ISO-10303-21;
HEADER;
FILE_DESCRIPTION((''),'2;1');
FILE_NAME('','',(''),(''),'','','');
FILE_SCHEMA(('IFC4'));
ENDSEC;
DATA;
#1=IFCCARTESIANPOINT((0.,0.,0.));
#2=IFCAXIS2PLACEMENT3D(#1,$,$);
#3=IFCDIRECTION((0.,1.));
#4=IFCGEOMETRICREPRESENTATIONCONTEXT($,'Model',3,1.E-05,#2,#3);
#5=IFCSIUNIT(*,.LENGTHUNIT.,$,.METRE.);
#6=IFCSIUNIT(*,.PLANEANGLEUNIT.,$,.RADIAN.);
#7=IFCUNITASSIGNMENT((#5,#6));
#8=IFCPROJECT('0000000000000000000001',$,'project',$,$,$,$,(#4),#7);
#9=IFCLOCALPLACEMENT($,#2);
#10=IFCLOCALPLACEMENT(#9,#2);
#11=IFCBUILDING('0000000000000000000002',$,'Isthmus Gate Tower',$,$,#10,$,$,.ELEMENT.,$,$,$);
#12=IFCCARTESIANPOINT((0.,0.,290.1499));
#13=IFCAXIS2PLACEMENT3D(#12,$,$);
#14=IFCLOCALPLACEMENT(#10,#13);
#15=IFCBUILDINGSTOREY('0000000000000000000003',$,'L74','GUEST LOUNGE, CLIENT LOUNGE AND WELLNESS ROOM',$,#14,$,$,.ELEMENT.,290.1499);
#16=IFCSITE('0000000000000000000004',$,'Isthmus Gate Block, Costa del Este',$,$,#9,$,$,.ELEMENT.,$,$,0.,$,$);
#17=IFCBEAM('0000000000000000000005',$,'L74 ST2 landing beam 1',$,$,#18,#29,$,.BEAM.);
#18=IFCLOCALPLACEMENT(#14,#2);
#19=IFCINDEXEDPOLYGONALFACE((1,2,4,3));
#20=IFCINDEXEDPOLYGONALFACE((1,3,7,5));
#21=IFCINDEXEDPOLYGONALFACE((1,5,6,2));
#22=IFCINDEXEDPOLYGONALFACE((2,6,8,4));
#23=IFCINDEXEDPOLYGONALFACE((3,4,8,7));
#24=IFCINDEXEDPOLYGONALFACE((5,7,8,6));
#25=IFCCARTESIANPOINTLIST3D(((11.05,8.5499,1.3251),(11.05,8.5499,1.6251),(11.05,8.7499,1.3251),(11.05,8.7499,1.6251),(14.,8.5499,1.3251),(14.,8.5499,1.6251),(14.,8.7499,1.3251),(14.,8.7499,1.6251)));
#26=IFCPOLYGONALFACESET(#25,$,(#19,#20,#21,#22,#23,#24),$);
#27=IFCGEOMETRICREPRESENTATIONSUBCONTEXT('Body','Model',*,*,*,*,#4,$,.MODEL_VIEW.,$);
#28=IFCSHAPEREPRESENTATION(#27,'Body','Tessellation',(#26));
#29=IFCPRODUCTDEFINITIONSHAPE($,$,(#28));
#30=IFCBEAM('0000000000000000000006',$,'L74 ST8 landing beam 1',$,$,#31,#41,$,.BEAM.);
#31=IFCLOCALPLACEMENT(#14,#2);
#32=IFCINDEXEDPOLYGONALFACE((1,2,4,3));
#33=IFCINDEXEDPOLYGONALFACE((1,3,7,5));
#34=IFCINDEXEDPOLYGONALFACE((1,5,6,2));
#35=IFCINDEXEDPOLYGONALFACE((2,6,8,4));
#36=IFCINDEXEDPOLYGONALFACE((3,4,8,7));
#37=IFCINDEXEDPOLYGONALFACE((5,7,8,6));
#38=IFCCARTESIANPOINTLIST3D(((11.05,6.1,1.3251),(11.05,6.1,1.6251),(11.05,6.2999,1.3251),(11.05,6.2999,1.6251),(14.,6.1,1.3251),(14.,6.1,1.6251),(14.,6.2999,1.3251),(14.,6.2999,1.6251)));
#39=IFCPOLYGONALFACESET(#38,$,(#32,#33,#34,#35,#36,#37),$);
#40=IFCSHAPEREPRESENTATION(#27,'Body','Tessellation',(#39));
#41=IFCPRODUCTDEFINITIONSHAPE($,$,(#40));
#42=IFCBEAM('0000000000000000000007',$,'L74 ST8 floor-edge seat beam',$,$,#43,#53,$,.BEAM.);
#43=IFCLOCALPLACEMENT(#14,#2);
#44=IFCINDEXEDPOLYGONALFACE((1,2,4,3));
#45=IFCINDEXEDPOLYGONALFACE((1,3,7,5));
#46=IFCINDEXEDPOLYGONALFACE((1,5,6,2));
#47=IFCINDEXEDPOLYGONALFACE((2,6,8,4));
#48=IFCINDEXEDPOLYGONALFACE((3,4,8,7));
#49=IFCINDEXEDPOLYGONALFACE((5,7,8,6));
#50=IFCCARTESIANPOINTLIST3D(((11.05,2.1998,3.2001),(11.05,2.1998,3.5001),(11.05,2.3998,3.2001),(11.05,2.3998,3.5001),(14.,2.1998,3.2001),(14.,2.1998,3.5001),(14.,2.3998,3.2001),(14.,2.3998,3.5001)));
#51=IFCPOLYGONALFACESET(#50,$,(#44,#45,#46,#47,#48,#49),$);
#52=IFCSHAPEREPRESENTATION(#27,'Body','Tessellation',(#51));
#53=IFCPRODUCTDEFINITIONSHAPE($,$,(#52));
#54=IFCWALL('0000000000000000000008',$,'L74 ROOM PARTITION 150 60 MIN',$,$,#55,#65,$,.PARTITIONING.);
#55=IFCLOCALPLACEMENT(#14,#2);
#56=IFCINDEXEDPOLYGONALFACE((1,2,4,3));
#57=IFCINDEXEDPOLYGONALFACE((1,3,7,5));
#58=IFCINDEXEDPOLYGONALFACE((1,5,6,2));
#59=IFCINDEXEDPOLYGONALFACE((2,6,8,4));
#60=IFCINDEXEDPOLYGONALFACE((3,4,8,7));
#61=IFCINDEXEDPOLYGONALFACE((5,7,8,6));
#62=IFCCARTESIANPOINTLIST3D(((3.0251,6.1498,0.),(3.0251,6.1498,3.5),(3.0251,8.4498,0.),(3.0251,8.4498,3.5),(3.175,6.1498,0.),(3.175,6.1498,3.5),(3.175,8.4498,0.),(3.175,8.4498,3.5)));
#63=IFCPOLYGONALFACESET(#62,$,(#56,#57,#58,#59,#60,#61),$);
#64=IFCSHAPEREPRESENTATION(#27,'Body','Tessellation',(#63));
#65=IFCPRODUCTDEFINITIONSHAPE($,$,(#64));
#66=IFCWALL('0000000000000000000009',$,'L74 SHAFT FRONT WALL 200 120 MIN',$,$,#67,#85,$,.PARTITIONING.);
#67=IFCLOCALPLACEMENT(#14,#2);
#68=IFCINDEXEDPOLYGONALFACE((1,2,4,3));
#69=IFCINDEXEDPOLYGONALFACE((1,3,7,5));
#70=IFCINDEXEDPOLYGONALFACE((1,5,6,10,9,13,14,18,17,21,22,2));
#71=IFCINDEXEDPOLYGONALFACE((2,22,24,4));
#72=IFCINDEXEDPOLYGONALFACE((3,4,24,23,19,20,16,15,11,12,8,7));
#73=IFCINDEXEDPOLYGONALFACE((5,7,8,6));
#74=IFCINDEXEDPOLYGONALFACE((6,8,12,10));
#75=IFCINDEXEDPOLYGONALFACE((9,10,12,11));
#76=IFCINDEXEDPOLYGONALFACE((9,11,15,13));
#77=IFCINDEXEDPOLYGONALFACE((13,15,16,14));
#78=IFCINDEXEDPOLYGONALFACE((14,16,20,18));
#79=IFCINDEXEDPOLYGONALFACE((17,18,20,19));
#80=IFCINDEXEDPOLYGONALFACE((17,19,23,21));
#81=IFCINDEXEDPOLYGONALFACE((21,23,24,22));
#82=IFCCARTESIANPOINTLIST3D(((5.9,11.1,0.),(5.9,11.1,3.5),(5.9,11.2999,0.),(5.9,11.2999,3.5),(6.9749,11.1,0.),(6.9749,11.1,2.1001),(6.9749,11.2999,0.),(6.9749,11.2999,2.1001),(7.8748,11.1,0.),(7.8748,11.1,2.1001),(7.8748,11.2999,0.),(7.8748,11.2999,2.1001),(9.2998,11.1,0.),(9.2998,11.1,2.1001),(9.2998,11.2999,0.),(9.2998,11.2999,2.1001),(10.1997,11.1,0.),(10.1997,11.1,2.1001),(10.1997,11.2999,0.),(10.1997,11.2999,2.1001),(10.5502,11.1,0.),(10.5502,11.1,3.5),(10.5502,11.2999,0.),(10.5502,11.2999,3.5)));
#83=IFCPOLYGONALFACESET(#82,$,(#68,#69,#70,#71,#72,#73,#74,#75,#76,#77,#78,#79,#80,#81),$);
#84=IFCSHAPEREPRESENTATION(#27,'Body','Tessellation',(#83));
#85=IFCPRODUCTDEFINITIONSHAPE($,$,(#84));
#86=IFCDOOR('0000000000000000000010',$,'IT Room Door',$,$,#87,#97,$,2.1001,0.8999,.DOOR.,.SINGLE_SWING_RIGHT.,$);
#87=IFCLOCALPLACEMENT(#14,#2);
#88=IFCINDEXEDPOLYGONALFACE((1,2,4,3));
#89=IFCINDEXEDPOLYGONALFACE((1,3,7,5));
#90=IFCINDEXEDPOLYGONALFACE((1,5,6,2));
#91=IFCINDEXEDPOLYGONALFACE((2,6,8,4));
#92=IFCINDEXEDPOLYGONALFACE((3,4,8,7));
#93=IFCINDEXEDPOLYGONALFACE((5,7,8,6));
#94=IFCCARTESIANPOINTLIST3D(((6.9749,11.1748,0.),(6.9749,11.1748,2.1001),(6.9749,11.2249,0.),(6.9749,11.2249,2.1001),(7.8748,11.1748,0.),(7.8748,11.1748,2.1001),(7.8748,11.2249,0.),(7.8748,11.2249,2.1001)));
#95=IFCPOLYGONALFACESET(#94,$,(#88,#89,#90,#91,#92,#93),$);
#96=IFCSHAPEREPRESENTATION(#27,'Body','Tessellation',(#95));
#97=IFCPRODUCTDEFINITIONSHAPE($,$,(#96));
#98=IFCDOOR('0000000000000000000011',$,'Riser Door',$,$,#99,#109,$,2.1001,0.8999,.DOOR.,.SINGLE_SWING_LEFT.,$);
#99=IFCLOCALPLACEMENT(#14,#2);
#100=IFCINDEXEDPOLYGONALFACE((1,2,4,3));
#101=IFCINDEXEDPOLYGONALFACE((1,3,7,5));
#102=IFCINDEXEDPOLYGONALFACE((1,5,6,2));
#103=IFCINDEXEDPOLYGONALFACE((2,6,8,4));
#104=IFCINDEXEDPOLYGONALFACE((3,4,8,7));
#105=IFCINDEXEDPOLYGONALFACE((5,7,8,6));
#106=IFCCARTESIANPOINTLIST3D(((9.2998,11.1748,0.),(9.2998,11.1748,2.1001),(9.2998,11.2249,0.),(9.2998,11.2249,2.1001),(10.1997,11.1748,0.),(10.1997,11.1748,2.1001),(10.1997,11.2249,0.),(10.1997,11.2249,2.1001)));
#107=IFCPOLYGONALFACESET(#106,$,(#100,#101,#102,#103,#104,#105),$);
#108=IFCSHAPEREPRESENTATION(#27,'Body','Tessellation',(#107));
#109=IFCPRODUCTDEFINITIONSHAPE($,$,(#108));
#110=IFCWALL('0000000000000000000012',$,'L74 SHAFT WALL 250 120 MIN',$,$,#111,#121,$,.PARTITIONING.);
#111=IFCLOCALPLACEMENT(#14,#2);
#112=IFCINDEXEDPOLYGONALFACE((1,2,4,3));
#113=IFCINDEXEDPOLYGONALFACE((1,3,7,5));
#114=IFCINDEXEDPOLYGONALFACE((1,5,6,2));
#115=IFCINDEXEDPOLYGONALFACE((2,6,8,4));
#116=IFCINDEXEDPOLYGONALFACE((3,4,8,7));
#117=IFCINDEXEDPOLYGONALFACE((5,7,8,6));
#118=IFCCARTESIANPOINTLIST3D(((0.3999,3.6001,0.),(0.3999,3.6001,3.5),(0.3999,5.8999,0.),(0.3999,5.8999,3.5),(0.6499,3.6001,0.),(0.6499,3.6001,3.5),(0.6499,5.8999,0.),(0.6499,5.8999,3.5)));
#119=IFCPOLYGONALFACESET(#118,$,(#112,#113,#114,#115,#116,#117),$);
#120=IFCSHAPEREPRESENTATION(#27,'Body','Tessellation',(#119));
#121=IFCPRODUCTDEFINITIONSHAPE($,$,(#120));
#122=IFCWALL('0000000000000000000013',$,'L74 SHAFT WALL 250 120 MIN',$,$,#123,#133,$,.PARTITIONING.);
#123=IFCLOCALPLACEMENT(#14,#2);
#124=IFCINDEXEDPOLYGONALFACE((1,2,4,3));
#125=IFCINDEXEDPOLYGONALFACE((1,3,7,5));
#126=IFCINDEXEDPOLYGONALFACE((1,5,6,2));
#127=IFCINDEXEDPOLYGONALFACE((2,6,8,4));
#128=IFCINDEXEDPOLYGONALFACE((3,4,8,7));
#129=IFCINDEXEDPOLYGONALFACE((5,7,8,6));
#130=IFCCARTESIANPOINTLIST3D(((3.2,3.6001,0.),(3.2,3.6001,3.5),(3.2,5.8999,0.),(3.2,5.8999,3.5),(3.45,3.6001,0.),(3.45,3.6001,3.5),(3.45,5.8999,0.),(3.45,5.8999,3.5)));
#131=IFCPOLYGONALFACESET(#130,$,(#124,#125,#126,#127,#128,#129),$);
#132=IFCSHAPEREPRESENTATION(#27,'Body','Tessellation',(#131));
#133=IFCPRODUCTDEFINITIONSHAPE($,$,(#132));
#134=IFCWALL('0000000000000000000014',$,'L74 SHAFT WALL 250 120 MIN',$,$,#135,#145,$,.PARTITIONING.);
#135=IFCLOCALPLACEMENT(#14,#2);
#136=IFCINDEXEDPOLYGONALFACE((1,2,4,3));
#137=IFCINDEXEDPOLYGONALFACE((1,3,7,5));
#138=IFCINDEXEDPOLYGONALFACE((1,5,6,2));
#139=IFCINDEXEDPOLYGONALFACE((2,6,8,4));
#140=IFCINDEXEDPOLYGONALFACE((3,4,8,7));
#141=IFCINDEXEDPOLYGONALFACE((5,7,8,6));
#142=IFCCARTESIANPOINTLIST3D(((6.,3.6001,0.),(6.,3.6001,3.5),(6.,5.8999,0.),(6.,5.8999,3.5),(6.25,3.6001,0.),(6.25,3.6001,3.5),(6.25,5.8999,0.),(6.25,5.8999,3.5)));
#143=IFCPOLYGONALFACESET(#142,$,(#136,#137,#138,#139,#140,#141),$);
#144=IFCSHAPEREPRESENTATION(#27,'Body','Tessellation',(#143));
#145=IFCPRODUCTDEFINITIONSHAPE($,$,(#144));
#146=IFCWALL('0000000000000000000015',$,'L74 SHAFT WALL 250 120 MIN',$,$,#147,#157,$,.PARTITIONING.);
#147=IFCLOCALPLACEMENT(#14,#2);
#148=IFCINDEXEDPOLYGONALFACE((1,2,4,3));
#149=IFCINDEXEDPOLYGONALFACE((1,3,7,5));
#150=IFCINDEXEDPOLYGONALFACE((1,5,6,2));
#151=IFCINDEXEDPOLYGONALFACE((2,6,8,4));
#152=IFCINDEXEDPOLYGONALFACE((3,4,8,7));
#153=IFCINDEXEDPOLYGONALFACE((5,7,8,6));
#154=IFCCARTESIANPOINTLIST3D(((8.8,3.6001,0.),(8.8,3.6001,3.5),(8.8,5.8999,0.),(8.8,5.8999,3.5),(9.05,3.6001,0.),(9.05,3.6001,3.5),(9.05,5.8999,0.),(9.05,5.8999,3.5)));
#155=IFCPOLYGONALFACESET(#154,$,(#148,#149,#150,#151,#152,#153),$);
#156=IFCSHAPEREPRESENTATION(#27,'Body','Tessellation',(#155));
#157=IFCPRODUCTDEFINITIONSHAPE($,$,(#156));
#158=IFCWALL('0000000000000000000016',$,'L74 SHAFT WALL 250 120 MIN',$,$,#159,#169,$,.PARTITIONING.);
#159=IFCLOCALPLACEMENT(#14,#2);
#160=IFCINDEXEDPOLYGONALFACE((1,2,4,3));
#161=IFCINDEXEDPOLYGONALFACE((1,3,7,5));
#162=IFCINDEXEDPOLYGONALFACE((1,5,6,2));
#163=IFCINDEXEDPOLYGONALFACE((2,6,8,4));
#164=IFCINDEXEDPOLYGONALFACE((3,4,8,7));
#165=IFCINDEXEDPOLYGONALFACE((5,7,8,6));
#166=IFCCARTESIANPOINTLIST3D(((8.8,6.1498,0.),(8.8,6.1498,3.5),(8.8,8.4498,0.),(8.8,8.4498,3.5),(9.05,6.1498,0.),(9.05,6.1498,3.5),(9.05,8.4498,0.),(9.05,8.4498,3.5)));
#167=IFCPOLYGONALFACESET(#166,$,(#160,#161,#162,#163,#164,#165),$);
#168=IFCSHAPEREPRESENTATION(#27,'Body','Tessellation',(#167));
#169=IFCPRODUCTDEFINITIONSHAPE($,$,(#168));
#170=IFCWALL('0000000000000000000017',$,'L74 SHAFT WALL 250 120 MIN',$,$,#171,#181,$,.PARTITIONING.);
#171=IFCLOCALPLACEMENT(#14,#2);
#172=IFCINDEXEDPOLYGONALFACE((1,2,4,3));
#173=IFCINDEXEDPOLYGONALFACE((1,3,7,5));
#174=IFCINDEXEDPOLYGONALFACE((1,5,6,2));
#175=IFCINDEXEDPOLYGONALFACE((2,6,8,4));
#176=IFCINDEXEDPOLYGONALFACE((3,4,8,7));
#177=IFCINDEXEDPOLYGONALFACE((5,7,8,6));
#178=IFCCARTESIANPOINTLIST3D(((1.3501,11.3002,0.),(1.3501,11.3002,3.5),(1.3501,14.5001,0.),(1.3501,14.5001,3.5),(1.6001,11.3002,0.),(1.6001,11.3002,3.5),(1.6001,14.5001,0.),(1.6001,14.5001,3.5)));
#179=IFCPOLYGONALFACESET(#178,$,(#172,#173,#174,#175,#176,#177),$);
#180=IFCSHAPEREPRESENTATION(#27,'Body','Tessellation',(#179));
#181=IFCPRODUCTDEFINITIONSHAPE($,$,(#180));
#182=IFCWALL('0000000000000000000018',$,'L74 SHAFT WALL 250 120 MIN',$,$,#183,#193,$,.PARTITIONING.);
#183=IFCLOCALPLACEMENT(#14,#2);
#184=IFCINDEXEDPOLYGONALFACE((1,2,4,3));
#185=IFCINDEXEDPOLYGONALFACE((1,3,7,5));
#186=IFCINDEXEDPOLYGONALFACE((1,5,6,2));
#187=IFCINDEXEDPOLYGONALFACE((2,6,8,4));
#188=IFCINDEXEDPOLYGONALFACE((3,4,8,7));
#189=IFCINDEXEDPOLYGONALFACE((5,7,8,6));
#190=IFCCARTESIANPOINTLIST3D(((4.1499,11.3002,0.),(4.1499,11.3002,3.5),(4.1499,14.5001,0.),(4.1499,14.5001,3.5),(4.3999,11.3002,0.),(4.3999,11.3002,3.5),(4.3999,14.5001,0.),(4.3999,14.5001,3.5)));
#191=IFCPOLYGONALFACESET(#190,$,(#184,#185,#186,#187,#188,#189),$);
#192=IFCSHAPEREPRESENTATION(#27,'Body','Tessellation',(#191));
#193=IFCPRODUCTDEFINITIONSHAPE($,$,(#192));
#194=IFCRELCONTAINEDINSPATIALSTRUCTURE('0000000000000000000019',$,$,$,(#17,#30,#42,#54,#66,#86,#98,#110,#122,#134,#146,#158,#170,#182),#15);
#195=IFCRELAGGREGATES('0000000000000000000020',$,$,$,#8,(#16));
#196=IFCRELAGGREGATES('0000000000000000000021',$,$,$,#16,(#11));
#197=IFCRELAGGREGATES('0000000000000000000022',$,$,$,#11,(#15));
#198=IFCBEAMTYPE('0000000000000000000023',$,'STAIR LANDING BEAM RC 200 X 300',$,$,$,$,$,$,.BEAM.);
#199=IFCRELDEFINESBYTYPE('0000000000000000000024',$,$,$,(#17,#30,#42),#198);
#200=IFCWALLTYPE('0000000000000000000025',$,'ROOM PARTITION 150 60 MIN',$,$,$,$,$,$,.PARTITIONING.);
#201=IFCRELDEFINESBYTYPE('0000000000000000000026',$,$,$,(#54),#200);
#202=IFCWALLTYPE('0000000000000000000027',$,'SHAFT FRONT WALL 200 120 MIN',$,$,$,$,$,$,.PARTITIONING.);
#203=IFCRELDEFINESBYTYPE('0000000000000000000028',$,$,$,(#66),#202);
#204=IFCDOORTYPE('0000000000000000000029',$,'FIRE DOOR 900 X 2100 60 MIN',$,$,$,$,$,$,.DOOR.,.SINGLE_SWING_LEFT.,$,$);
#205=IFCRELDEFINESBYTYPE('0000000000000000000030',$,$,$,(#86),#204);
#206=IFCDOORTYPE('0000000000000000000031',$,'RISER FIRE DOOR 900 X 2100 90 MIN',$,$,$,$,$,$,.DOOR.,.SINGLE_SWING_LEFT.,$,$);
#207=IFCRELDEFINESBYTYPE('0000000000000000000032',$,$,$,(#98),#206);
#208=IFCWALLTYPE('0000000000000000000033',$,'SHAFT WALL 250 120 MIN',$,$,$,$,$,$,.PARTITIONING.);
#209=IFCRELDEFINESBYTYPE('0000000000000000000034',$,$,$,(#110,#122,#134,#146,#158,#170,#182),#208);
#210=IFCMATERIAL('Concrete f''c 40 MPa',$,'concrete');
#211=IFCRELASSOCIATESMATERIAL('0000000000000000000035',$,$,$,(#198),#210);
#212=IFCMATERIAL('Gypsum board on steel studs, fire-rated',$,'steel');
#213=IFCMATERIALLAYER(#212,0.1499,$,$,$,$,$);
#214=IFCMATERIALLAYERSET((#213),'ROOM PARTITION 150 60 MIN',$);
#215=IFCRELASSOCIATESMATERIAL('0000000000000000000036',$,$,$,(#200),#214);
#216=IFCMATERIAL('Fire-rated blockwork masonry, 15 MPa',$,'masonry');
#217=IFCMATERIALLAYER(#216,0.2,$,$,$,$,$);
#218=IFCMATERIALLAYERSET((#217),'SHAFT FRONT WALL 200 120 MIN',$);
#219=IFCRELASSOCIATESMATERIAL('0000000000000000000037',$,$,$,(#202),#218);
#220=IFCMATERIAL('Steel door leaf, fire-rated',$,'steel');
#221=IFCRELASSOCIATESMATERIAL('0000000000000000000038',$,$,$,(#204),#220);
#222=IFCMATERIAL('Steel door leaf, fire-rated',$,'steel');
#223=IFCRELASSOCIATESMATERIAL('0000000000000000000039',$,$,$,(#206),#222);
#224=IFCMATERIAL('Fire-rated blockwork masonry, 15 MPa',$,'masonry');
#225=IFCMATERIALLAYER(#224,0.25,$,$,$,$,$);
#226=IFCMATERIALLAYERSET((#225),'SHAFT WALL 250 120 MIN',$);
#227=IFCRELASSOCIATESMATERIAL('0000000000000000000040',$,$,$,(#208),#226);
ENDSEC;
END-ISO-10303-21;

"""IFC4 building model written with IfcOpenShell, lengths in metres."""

from ifc_helpers import new_model, si_unit, direction, frame, frame_2d, origin, origin_2d, place, context, subcontext, project, spatial, rectangle, extrude, material, layer, layer_set, material_profile, profile_set, type_object, element, fill, save


model = new_model("IFC4")

# Units and contexts
model_context = context("Model", 3, precision=1e-05, world=origin(), true_north=direction((0.0, 1.0)))
body_context = subcontext(model_context, "Body", "Model", "MODEL_VIEW")
ifc_project = project(units=[si_unit("LENGTHUNIT", "METRE"), si_unit("PLANEANGLEUNIT", "RADIAN")], contexts=[model_context])

# Site, building, storey
site_placement = place(None, origin())
site = spatial("IfcSite", under=ifc_project, at=site_placement, Name="Isthmus Gate Block, Costa del Este", CompositionType="ELEMENT", RefElevation=0.0)
building_placement = place(site_placement, origin())
building = spatial("IfcBuilding", under=site, at=building_placement, Name="Isthmus Gate Tower", CompositionType="ELEMENT")
storey_placement = place(building_placement, frame((0.0, 0.0, 290.1499)))
storey = spatial("IfcBuildingStorey", under=building, at=storey_placement, Name="L74", Description="GUEST LOUNGE, CLIENT LOUNGE AND WELLNESS ROOM", CompositionType="ELEMENT", Elevation=290.1499)

# Beams
ifc_material_1 = material(Name="Concrete f'c 40 MPa", Category="concrete")
ifc_material_profile = material_profile(ifc_material_1, rectangle(XDim=0.2, YDim=0.3, at=origin_2d()), Name="STAIR LANDING BEAM RC 200 X 300")
ifc_profile_set = profile_set([ifc_material_profile], Name="Concrete f'c 40 MPa")
beam_type = type_object("IfcBeamType", Name="STAIR LANDING BEAM RC 200 X 300", PredefinedType="BEAM", material=ifc_profile_set)
for number, where, z_axis, x_axis, name in (
    (1, (11.05, 8.6499, 1.4751), (1.0, 0.0, 0.0), (0.0, 1.0, 0.0), "L74 ST2 landing beam 1"),
    (2, (11.05, 6.2, 1.4751), (1.0, 0.0, 0.0), (0.0, 1.0, 0.0), "L74 ST8 landing beam 1"),
    (3, (11.05, 2.2998, 3.3501), (1.0, 0.0, 0.0), (0.0, 1.0, 0.0), "L74 ST8 floor-edge seat beam"),
):
    element("IfcBeam", number, at=place(storey_placement, frame(where, z_axis=z_axis, x_axis=x_axis)), inside=storey, type_object=beam_type, Name=name, PredefinedType="BEAM", context=body_context, shape_type="SweptSolid", body=[
        extrude(rectangle(XDim=0.2, YDim=0.3, at=origin_2d()), origin(), (0.0, 0.0, 1.0), 2.95),
    ])

# Wall
ifc_material_2 = material(Name="Gypsum board on steel studs, fire-rated", Category="steel")
ifc_layer_1 = layer(ifc_material_2, 0.1499)
ifc_layer_set_1 = layer_set([ifc_layer_1], Name="ROOM PARTITION 150 60 MIN")
wall_type_1 = type_object("IfcWallType", Name="ROOM PARTITION 150 60 MIN", PredefinedType="PARTITIONING", material=ifc_layer_set_1)
wall_1_placement = place(storey_placement, frame((3.1001, 6.1499, 0.0), z_axis=(0.0, 0.0, 1.0), x_axis=(0.0, 1.0, 0.0)))
element("IfcWall", 4, at=wall_1_placement, inside=storey, type_object=wall_type_1, Name="L74 ROOM PARTITION 150 60 MIN", PredefinedType="PARTITIONING", context=body_context, shape_type="SweptSolid", body=[
    extrude(rectangle(XDim=2.3, YDim=0.1499, at=frame_2d((1.1499, 0.0))), origin(), (0.0, 0.0, 1.0), 3.5),
])

# Wall, openings, doors
ifc_material_3 = material(Name="Fire-rated blockwork masonry, 15 MPa", Category="masonry")
ifc_layer_2 = layer(ifc_material_3, 0.2)
ifc_layer_set_2 = layer_set([ifc_layer_2], Name="SHAFT FRONT WALL 200 120 MIN")
wall_type_2 = type_object("IfcWallType", Name="SHAFT FRONT WALL 200 120 MIN", PredefinedType="PARTITIONING", material=ifc_layer_set_2)
wall_2_placement = place(storey_placement, frame((5.8999, 11.2, 0.0), z_axis=(0.0, 0.0, 1.0), x_axis=(1.0, 0.0, 0.0)))
wall_2 = element("IfcWall", 5, at=wall_2_placement, inside=storey, type_object=wall_type_2, Name="L74 SHAFT FRONT WALL 200 120 MIN", PredefinedType="PARTITIONING", context=body_context, shape_type="SweptSolid", body=[
    extrude(rectangle(XDim=4.6501, YDim=0.2, at=frame_2d((2.3252, 0.0))), origin(), (0.0, 0.0, 1.0), 3.5),
])
opening_1_placement = place(wall_2_placement, frame((1.075, 0.0, 0.0)))
opening_1 = element("IfcOpeningElement", 6, at=opening_1_placement, cuts=wall_2, PredefinedType="OPENING", context=body_context, shape_type="SweptSolid", body=[
    extrude(rectangle(XDim=0.8999, YDim=2.1001, at=frame_2d((0.45, 1.05))), frame((0.0, 0.1099, 0.0), z_axis=(0.0, -1.0, 0.0), x_axis=(1.0, 0.0, 0.0)), (0.0, 0.0, 1.0), 0.22),
])
opening_2_placement = place(wall_2_placement, frame((3.3999, 0.0, 0.0)))
opening_2 = element("IfcOpeningElement", 7, at=opening_2_placement, cuts=wall_2, PredefinedType="OPENING", context=body_context, shape_type="SweptSolid", body=[
    extrude(rectangle(XDim=0.8999, YDim=2.1001, at=frame_2d((0.45, 1.05))), frame((0.0, 0.1099, 0.0), z_axis=(0.0, -1.0, 0.0), x_axis=(1.0, 0.0, 0.0)), (0.0, 0.0, 1.0), 0.22),
])
ifc_material_4 = material(Name="Steel door leaf, fire-rated", Category="steel")
door_type_1 = type_object("IfcDoorType", Name="FIRE DOOR 900 X 2100 60 MIN", OperationType="SINGLE_SWING_LEFT", PredefinedType="DOOR", material=ifc_material_4)
door_1_placement = place(opening_1_placement, origin())
door_1 = element("IfcDoor", 8, at=door_1_placement, inside=storey, type_object=door_type_1, Name="IT Room Door", OperationType="SINGLE_SWING_RIGHT", OverallHeight=2.1001, OverallWidth=0.8999, PredefinedType="DOOR", context=body_context, shape_type="SweptSolid", body=[
    extrude(rectangle(XDim=0.8999, YDim=2.1001, at=frame_2d((0.45, 1.05))), frame((0.0, 0.0249, 0.0), z_axis=(0.0, -1.0, 0.0), x_axis=(1.0, 0.0, 0.0)), (0.0, 0.0, 1.0), 0.05),
])
fill(opening_1, door_1)
ifc_material_5 = material(Name="Steel door leaf, fire-rated", Category="steel")
door_type_2 = type_object("IfcDoorType", Name="RISER FIRE DOOR 900 X 2100 90 MIN", OperationType="SINGLE_SWING_LEFT", PredefinedType="DOOR", material=ifc_material_5)
door_2_placement = place(opening_2_placement, origin())
door_2 = element("IfcDoor", 9, at=door_2_placement, inside=storey, type_object=door_type_2, Name="Riser Door", OperationType="SINGLE_SWING_LEFT", OverallHeight=2.1001, OverallWidth=0.8999, PredefinedType="DOOR", context=body_context, shape_type="SweptSolid", body=[
    extrude(rectangle(XDim=0.8999, YDim=2.1001, at=frame_2d((0.45, 1.05))), frame((0.0, 0.0249, 0.0), z_axis=(0.0, -1.0, 0.0), x_axis=(1.0, 0.0, 0.0)), (0.0, 0.0, 1.0), 0.05),
])
fill(opening_2, door_2)

# Walls
ifc_material_6 = material(Name="Fire-rated blockwork masonry, 15 MPa", Category="masonry")
ifc_layer_3 = layer(ifc_material_6, 0.25)
ifc_layer_set_3 = layer_set([ifc_layer_3], Name="SHAFT WALL 250 120 MIN")
wall_type_3 = type_object("IfcWallType", Name="SHAFT WALL 250 120 MIN", PredefinedType="PARTITIONING", material=ifc_layer_set_3)
for number, where, z_axis, x_axis, name in (
    (10, (0.5249, 3.6001, 0.0), (0.0, 0.0, 1.0), (0.0, 1.0, 0.0), "L74 SHAFT WALL 250 120 MIN"),
    (11, (3.325, 3.6001, 0.0), (0.0, 0.0, 1.0), (0.0, 1.0, 0.0), "L74 SHAFT WALL 250 120 MIN"),
    (12, (6.125, 3.6001, 0.0), (0.0, 0.0, 1.0), (0.0, 1.0, 0.0), "L74 SHAFT WALL 250 120 MIN"),
    (13, (8.925, 3.6001, 0.0), (0.0, 0.0, 1.0), (0.0, 1.0, 0.0), "L74 SHAFT WALL 250 120 MIN"),
):
    element("IfcWall", number, at=place(storey_placement, frame(where, z_axis=z_axis, x_axis=x_axis)), inside=storey, type_object=wall_type_3, Name=name, PredefinedType="PARTITIONING", context=body_context, shape_type="SweptSolid", body=[
        extrude(rectangle(XDim=2.2998, YDim=0.25, at=frame_2d((1.1499, 0.0))), origin(), (0.0, 0.0, 1.0), 3.5),
    ])
wall_3_placement = place(storey_placement, frame((8.925, 6.1499, 0.0), z_axis=(0.0, 0.0, 1.0), x_axis=(0.0, 1.0, 0.0)))
element("IfcWall", 14, at=wall_3_placement, inside=storey, type_object=wall_type_3, Name="L74 SHAFT WALL 250 120 MIN", PredefinedType="PARTITIONING", context=body_context, shape_type="SweptSolid", body=[
    extrude(rectangle(XDim=2.3, YDim=0.25, at=frame_2d((1.1499, 0.0))), origin(), (0.0, 0.0, 1.0), 3.5),
])
for number, where, z_axis, x_axis, name in (
    (15, (1.4751, 11.3, 0.0), (0.0, 0.0, 1.0), (0.0, 1.0, 0.0), "L74 SHAFT WALL 250 120 MIN"),
    (16, (4.2749, 11.3, 0.0), (0.0, 0.0, 1.0), (0.0, 1.0, 0.0), "L74 SHAFT WALL 250 120 MIN"),
):
    element("IfcWall", number, at=place(storey_placement, frame(where, z_axis=z_axis, x_axis=x_axis)), inside=storey, type_object=wall_type_3, Name=name, PredefinedType="PARTITIONING", context=body_context, shape_type="SweptSolid", body=[
        extrude(rectangle(XDim=3.2, YDim=0.25, at=frame_2d((1.6001, 0.0))), origin(), (0.0, 0.0, 1.0), 3.5),
    ])

save(model, "model.ifc")
